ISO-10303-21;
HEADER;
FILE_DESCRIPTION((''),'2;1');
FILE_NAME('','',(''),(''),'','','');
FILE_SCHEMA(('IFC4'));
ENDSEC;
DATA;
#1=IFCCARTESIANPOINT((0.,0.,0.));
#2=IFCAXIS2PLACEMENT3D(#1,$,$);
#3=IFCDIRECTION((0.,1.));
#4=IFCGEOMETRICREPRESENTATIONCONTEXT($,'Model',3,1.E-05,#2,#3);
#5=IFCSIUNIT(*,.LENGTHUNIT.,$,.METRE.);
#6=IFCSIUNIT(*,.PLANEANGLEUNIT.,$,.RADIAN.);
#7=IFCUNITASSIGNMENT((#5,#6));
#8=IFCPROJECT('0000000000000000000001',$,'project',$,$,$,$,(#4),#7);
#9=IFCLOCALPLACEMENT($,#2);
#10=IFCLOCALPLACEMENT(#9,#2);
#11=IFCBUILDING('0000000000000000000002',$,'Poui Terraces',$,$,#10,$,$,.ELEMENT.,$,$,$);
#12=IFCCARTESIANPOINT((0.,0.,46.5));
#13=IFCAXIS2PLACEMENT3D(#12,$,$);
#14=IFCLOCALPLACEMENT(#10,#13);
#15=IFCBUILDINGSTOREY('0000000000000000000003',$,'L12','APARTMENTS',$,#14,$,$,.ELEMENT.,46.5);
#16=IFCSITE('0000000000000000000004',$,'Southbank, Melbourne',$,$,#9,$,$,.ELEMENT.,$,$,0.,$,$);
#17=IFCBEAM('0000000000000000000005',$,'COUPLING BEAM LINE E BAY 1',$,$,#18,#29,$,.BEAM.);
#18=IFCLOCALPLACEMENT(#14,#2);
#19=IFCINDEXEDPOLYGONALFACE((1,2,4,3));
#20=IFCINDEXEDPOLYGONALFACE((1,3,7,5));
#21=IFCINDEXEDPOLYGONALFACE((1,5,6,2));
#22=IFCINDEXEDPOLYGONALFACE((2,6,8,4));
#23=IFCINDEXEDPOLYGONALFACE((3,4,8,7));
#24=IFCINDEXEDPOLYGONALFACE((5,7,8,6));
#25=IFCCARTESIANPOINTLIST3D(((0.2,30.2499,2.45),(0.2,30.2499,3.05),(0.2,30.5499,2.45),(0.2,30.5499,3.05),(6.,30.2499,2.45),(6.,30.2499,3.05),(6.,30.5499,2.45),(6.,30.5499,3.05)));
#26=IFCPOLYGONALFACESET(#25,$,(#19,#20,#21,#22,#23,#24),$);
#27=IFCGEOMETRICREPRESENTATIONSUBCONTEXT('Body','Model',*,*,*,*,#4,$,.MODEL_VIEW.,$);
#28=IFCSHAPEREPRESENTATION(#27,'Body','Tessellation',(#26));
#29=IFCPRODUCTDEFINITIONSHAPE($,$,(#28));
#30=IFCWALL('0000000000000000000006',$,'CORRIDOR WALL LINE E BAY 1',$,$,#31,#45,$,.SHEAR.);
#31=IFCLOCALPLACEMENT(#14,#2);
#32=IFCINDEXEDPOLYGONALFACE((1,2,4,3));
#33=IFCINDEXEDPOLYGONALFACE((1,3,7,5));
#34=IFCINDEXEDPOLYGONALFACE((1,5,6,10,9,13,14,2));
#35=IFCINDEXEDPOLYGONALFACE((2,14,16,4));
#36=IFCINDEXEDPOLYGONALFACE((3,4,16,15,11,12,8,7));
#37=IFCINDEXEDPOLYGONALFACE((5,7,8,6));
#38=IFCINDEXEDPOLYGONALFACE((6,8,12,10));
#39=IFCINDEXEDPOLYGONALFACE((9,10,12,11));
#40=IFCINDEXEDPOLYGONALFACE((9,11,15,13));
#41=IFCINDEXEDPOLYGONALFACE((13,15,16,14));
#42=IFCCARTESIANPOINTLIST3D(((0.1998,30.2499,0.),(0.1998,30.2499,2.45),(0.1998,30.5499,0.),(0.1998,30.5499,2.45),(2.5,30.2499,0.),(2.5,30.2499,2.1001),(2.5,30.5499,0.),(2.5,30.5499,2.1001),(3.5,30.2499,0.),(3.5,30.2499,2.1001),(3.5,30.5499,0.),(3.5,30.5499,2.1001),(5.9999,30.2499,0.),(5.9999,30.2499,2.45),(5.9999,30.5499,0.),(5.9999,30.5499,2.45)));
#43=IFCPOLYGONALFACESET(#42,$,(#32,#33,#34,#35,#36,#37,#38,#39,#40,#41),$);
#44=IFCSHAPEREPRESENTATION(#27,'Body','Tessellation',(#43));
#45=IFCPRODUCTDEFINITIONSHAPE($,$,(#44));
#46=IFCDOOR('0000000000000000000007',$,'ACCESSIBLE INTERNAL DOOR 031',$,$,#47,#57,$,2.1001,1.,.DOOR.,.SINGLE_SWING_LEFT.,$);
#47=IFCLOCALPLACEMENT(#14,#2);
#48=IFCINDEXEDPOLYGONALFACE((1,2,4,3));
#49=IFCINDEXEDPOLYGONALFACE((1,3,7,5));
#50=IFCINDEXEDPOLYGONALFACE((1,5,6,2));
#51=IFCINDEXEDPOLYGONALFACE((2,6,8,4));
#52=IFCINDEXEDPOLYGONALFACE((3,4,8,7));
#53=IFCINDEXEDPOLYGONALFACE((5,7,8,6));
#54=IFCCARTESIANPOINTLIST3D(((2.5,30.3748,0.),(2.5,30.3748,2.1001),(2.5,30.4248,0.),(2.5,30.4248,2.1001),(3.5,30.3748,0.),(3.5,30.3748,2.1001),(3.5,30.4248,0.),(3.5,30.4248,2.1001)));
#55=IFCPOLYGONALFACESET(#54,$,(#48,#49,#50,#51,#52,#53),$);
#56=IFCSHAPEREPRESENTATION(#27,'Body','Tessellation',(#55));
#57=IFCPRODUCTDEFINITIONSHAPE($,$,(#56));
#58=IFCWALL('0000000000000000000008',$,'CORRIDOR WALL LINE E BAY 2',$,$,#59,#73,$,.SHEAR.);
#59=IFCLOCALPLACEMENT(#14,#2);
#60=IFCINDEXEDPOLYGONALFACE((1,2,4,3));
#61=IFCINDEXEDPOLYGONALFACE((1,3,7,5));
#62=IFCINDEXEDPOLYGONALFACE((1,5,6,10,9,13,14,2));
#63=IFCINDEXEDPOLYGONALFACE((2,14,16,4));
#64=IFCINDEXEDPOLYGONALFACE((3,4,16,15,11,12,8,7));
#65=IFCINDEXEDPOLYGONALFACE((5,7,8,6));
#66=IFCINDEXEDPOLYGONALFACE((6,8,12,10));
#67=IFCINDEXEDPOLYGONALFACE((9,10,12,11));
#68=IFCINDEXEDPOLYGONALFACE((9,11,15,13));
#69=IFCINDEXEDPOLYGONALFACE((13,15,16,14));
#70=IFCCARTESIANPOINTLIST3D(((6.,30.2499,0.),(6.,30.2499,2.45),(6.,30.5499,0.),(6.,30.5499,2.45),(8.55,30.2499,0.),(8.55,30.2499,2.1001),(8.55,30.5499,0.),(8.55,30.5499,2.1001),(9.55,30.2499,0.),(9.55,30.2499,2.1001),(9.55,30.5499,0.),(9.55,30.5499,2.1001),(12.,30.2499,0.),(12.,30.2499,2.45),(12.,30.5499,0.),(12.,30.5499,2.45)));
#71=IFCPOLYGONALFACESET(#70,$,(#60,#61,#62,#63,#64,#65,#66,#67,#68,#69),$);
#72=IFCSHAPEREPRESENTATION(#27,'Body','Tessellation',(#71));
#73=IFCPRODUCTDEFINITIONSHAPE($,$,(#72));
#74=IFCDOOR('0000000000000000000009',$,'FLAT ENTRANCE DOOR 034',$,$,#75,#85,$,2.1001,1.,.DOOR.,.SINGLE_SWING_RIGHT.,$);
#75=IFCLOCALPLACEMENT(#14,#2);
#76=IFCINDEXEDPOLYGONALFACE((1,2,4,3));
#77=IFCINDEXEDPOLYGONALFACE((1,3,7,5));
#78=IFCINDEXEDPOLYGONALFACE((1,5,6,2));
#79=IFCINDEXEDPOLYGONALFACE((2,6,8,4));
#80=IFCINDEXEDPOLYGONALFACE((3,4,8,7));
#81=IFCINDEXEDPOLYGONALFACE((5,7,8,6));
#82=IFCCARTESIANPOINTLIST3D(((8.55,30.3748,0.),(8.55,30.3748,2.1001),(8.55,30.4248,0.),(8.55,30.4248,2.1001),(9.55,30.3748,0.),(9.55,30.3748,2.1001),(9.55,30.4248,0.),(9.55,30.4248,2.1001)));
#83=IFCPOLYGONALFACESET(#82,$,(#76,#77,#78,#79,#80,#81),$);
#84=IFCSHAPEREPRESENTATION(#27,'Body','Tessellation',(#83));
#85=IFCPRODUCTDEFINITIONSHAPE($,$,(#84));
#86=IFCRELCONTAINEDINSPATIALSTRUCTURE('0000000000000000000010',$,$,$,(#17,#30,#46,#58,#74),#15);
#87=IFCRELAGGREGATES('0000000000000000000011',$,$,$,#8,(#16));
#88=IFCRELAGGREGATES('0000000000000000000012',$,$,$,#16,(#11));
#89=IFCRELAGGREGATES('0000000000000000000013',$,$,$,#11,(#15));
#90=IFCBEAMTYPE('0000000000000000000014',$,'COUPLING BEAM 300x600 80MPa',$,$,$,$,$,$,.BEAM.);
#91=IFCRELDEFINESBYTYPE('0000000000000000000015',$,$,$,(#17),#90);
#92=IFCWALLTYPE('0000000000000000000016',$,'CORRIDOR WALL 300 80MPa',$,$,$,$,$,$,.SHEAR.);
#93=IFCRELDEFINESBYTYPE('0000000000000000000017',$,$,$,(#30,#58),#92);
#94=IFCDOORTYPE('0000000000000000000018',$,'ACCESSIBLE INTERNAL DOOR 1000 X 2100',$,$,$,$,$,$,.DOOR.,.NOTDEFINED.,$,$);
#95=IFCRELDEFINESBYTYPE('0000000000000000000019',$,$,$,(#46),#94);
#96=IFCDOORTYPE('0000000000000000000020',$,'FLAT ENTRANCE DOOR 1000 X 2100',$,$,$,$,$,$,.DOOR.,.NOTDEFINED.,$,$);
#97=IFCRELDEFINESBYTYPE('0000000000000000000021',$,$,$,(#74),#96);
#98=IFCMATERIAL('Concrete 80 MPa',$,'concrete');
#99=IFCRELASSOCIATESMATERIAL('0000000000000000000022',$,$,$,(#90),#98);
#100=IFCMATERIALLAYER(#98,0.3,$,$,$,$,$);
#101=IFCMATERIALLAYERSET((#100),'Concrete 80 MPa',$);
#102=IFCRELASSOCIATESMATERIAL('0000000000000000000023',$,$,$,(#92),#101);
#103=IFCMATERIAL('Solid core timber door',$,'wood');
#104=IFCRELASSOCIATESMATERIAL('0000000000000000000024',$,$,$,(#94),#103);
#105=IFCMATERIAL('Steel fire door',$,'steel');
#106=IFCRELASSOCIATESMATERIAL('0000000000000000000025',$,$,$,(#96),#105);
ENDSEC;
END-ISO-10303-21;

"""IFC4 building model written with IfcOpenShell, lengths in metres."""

from ifc_helpers import new_model, si_unit, direction, frame, frame_2d, origin, origin_2d, place, context, subcontext, project, spatial, rectangle, extrude, source, transform, mapped, material, layer, layer_set, material_profile, profile_set, type_object, element, fill, save


model = new_model("IFC4")

# Units and contexts
model_context = context("Model", 3, precision=1e-05, world=origin(), true_north=direction((0.0, 1.0)))
body_context = subcontext(model_context, "Body", "Model", "MODEL_VIEW")
ifc_project = project(units=[si_unit("LENGTHUNIT", "METRE"), si_unit("PLANEANGLEUNIT", "RADIAN")], contexts=[model_context])

# Site, building, storey
site_placement = place(None, origin())
site = spatial("IfcSite", under=ifc_project, at=site_placement, Name="Southbank, Melbourne", CompositionType="ELEMENT", RefElevation=0.0)
building_placement = place(site_placement, origin())
building = spatial("IfcBuilding", under=site, at=building_placement, Name="Poui Terraces", CompositionType="ELEMENT")
storey_placement = place(building_placement, frame((0.0, 0.0, 46.5)))
storey = spatial("IfcBuildingStorey", under=building, at=storey_placement, Name="L12", Description="APARTMENTS", CompositionType="ELEMENT", Elevation=46.5)

# Beam
ifc_material_1 = material(Name="Concrete 80 MPa", Category="concrete")
ifc_material_profile = material_profile(ifc_material_1, rectangle(XDim=0.3, YDim=0.6001, at=origin_2d()), Name="RC 300x600")
ifc_profile_set = profile_set([ifc_material_profile], Name="Concrete 80 MPa")
beam_type = type_object("IfcBeamType", Name="COUPLING BEAM 300x600 80MPa", PredefinedType="BEAM", material=ifc_profile_set)
shared_shape = source(origin(), body_context, "Body", "SweptSolid", [
    extrude(rectangle(XDim=0.3, YDim=0.6001, at=origin_2d()), origin(), (0.0, 0.0, 1.0), 5.8),
])
beam_placement = place(storey_placement, frame((0.2, 30.3999, 2.75), z_axis=(1.0, 0.0, 0.0), x_axis=(0.0, 1.0, 0.0)))
element("IfcBeam", 1, at=beam_placement, inside=storey, type_object=beam_type, Name="COUPLING BEAM LINE E BAY 1", PredefinedType="BEAM", context=body_context, shape_type="MappedRepresentation", body=[
    mapped(shared_shape, transform((0.0, 0.0, 0.0))),
])

# Walls, openings, doors
ifc_layer = layer(ifc_material_1, 0.3)
ifc_layer_set = layer_set([ifc_layer], Name="Concrete 80 MPa")
wall_type = type_object("IfcWallType", Name="CORRIDOR WALL 300 80MPa", PredefinedType="SHEAR", material=ifc_layer_set)
wall_1_placement = place(storey_placement, frame((0.2, 30.3999, 0.0), z_axis=(0.0, 0.0, 1.0), x_axis=(1.0, 0.0, 0.0)))
wall_1 = element("IfcWall", 2, at=wall_1_placement, inside=storey, type_object=wall_type, Name="CORRIDOR WALL LINE E BAY 1", PredefinedType="SHEAR", context=body_context, shape_type="SweptSolid", body=[
    extrude(rectangle(XDim=5.8, YDim=0.3, at=frame_2d((2.8999, 0.0))), origin(), (0.0, 0.0, 1.0), 2.45),
])
opening_1_placement = place(wall_1_placement, frame((2.3, 0.0, 0.0)))
opening_1 = element("IfcOpeningElement", 3, at=opening_1_placement, cuts=wall_1, PredefinedType="OPENING", context=body_context, shape_type="SweptSolid", body=[
    extrude(rectangle(XDim=1.0, YDim=2.1001, at=frame_2d((0.5, 1.05))), frame((0.0, 0.1602, 0.0), z_axis=(0.0, -1.0, 0.0), x_axis=(1.0, 0.0, 0.0)), (0.0, 0.0, 1.0), 0.3201),
])
ifc_material_2 = material(Name="Solid core timber door", Category="wood")
door_type_1 = type_object("IfcDoorType", Name="ACCESSIBLE INTERNAL DOOR 1000 X 2100", OperationType="NOTDEFINED", PredefinedType="DOOR", material=ifc_material_2)
door_1_placement = place(opening_1_placement, origin())
door_1 = element("IfcDoor", 4, at=door_1_placement, inside=storey, type_object=door_type_1, Name="ACCESSIBLE INTERNAL DOOR 031", OperationType="SINGLE_SWING_LEFT", OverallHeight=2.1001, OverallWidth=1.0, PredefinedType="DOOR", context=body_context, shape_type="SweptSolid", body=[
    extrude(rectangle(XDim=1.0, YDim=2.1001, at=frame_2d((0.5, 1.05))), frame((0.0, 0.0249, 0.0), z_axis=(0.0, -1.0, 0.0), x_axis=(1.0, 0.0, 0.0)), (0.0, 0.0, 1.0), 0.05),
])
fill(opening_1, door_1)
wall_2_placement = place(storey_placement, frame((6.0, 30.3999, 0.0), z_axis=(0.0, 0.0, 1.0), x_axis=(1.0, 0.0, 0.0)))
wall_2 = element("IfcWall", 5, at=wall_2_placement, inside=storey, type_object=wall_type, Name="CORRIDOR WALL LINE E BAY 2", PredefinedType="SHEAR", context=body_context, shape_type="SweptSolid", body=[
    extrude(rectangle(XDim=6.0, YDim=0.3, at=frame_2d((3.0, 0.0))), origin(), (0.0, 0.0, 1.0), 2.45),
])
opening_2_placement = place(wall_2_placement, frame((2.55, 0.0, 0.0)))
opening_2 = element("IfcOpeningElement", 6, at=opening_2_placement, cuts=wall_2, PredefinedType="OPENING", context=body_context, shape_type="SweptSolid", body=[
    extrude(rectangle(XDim=1.0, YDim=2.1001, at=frame_2d((0.5, 1.05))), frame((0.0, 0.1602, 0.0), z_axis=(0.0, -1.0, 0.0), x_axis=(1.0, 0.0, 0.0)), (0.0, 0.0, 1.0), 0.3201),
])
ifc_material_3 = material(Name="Steel fire door", Category="steel")
door_type_2 = type_object("IfcDoorType", Name="FLAT ENTRANCE DOOR 1000 X 2100", OperationType="NOTDEFINED", PredefinedType="DOOR", material=ifc_material_3)
door_2_placement = place(opening_2_placement, origin())
door_2 = element("IfcDoor", 7, at=door_2_placement, inside=storey, type_object=door_type_2, Name="FLAT ENTRANCE DOOR 034", OperationType="SINGLE_SWING_RIGHT", OverallHeight=2.1001, OverallWidth=1.0, PredefinedType="DOOR", context=body_context, shape_type="SweptSolid", body=[
    extrude(rectangle(XDim=1.0, YDim=2.1001, at=frame_2d((0.5, 1.05))), frame((0.0, 0.0249, 0.0), z_axis=(0.0, -1.0, 0.0), x_axis=(1.0, 0.0, 0.0)), (0.0, 0.0, 1.0), 0.05),
])
fill(opening_2, door_2)

save(model, "model.ifc")
